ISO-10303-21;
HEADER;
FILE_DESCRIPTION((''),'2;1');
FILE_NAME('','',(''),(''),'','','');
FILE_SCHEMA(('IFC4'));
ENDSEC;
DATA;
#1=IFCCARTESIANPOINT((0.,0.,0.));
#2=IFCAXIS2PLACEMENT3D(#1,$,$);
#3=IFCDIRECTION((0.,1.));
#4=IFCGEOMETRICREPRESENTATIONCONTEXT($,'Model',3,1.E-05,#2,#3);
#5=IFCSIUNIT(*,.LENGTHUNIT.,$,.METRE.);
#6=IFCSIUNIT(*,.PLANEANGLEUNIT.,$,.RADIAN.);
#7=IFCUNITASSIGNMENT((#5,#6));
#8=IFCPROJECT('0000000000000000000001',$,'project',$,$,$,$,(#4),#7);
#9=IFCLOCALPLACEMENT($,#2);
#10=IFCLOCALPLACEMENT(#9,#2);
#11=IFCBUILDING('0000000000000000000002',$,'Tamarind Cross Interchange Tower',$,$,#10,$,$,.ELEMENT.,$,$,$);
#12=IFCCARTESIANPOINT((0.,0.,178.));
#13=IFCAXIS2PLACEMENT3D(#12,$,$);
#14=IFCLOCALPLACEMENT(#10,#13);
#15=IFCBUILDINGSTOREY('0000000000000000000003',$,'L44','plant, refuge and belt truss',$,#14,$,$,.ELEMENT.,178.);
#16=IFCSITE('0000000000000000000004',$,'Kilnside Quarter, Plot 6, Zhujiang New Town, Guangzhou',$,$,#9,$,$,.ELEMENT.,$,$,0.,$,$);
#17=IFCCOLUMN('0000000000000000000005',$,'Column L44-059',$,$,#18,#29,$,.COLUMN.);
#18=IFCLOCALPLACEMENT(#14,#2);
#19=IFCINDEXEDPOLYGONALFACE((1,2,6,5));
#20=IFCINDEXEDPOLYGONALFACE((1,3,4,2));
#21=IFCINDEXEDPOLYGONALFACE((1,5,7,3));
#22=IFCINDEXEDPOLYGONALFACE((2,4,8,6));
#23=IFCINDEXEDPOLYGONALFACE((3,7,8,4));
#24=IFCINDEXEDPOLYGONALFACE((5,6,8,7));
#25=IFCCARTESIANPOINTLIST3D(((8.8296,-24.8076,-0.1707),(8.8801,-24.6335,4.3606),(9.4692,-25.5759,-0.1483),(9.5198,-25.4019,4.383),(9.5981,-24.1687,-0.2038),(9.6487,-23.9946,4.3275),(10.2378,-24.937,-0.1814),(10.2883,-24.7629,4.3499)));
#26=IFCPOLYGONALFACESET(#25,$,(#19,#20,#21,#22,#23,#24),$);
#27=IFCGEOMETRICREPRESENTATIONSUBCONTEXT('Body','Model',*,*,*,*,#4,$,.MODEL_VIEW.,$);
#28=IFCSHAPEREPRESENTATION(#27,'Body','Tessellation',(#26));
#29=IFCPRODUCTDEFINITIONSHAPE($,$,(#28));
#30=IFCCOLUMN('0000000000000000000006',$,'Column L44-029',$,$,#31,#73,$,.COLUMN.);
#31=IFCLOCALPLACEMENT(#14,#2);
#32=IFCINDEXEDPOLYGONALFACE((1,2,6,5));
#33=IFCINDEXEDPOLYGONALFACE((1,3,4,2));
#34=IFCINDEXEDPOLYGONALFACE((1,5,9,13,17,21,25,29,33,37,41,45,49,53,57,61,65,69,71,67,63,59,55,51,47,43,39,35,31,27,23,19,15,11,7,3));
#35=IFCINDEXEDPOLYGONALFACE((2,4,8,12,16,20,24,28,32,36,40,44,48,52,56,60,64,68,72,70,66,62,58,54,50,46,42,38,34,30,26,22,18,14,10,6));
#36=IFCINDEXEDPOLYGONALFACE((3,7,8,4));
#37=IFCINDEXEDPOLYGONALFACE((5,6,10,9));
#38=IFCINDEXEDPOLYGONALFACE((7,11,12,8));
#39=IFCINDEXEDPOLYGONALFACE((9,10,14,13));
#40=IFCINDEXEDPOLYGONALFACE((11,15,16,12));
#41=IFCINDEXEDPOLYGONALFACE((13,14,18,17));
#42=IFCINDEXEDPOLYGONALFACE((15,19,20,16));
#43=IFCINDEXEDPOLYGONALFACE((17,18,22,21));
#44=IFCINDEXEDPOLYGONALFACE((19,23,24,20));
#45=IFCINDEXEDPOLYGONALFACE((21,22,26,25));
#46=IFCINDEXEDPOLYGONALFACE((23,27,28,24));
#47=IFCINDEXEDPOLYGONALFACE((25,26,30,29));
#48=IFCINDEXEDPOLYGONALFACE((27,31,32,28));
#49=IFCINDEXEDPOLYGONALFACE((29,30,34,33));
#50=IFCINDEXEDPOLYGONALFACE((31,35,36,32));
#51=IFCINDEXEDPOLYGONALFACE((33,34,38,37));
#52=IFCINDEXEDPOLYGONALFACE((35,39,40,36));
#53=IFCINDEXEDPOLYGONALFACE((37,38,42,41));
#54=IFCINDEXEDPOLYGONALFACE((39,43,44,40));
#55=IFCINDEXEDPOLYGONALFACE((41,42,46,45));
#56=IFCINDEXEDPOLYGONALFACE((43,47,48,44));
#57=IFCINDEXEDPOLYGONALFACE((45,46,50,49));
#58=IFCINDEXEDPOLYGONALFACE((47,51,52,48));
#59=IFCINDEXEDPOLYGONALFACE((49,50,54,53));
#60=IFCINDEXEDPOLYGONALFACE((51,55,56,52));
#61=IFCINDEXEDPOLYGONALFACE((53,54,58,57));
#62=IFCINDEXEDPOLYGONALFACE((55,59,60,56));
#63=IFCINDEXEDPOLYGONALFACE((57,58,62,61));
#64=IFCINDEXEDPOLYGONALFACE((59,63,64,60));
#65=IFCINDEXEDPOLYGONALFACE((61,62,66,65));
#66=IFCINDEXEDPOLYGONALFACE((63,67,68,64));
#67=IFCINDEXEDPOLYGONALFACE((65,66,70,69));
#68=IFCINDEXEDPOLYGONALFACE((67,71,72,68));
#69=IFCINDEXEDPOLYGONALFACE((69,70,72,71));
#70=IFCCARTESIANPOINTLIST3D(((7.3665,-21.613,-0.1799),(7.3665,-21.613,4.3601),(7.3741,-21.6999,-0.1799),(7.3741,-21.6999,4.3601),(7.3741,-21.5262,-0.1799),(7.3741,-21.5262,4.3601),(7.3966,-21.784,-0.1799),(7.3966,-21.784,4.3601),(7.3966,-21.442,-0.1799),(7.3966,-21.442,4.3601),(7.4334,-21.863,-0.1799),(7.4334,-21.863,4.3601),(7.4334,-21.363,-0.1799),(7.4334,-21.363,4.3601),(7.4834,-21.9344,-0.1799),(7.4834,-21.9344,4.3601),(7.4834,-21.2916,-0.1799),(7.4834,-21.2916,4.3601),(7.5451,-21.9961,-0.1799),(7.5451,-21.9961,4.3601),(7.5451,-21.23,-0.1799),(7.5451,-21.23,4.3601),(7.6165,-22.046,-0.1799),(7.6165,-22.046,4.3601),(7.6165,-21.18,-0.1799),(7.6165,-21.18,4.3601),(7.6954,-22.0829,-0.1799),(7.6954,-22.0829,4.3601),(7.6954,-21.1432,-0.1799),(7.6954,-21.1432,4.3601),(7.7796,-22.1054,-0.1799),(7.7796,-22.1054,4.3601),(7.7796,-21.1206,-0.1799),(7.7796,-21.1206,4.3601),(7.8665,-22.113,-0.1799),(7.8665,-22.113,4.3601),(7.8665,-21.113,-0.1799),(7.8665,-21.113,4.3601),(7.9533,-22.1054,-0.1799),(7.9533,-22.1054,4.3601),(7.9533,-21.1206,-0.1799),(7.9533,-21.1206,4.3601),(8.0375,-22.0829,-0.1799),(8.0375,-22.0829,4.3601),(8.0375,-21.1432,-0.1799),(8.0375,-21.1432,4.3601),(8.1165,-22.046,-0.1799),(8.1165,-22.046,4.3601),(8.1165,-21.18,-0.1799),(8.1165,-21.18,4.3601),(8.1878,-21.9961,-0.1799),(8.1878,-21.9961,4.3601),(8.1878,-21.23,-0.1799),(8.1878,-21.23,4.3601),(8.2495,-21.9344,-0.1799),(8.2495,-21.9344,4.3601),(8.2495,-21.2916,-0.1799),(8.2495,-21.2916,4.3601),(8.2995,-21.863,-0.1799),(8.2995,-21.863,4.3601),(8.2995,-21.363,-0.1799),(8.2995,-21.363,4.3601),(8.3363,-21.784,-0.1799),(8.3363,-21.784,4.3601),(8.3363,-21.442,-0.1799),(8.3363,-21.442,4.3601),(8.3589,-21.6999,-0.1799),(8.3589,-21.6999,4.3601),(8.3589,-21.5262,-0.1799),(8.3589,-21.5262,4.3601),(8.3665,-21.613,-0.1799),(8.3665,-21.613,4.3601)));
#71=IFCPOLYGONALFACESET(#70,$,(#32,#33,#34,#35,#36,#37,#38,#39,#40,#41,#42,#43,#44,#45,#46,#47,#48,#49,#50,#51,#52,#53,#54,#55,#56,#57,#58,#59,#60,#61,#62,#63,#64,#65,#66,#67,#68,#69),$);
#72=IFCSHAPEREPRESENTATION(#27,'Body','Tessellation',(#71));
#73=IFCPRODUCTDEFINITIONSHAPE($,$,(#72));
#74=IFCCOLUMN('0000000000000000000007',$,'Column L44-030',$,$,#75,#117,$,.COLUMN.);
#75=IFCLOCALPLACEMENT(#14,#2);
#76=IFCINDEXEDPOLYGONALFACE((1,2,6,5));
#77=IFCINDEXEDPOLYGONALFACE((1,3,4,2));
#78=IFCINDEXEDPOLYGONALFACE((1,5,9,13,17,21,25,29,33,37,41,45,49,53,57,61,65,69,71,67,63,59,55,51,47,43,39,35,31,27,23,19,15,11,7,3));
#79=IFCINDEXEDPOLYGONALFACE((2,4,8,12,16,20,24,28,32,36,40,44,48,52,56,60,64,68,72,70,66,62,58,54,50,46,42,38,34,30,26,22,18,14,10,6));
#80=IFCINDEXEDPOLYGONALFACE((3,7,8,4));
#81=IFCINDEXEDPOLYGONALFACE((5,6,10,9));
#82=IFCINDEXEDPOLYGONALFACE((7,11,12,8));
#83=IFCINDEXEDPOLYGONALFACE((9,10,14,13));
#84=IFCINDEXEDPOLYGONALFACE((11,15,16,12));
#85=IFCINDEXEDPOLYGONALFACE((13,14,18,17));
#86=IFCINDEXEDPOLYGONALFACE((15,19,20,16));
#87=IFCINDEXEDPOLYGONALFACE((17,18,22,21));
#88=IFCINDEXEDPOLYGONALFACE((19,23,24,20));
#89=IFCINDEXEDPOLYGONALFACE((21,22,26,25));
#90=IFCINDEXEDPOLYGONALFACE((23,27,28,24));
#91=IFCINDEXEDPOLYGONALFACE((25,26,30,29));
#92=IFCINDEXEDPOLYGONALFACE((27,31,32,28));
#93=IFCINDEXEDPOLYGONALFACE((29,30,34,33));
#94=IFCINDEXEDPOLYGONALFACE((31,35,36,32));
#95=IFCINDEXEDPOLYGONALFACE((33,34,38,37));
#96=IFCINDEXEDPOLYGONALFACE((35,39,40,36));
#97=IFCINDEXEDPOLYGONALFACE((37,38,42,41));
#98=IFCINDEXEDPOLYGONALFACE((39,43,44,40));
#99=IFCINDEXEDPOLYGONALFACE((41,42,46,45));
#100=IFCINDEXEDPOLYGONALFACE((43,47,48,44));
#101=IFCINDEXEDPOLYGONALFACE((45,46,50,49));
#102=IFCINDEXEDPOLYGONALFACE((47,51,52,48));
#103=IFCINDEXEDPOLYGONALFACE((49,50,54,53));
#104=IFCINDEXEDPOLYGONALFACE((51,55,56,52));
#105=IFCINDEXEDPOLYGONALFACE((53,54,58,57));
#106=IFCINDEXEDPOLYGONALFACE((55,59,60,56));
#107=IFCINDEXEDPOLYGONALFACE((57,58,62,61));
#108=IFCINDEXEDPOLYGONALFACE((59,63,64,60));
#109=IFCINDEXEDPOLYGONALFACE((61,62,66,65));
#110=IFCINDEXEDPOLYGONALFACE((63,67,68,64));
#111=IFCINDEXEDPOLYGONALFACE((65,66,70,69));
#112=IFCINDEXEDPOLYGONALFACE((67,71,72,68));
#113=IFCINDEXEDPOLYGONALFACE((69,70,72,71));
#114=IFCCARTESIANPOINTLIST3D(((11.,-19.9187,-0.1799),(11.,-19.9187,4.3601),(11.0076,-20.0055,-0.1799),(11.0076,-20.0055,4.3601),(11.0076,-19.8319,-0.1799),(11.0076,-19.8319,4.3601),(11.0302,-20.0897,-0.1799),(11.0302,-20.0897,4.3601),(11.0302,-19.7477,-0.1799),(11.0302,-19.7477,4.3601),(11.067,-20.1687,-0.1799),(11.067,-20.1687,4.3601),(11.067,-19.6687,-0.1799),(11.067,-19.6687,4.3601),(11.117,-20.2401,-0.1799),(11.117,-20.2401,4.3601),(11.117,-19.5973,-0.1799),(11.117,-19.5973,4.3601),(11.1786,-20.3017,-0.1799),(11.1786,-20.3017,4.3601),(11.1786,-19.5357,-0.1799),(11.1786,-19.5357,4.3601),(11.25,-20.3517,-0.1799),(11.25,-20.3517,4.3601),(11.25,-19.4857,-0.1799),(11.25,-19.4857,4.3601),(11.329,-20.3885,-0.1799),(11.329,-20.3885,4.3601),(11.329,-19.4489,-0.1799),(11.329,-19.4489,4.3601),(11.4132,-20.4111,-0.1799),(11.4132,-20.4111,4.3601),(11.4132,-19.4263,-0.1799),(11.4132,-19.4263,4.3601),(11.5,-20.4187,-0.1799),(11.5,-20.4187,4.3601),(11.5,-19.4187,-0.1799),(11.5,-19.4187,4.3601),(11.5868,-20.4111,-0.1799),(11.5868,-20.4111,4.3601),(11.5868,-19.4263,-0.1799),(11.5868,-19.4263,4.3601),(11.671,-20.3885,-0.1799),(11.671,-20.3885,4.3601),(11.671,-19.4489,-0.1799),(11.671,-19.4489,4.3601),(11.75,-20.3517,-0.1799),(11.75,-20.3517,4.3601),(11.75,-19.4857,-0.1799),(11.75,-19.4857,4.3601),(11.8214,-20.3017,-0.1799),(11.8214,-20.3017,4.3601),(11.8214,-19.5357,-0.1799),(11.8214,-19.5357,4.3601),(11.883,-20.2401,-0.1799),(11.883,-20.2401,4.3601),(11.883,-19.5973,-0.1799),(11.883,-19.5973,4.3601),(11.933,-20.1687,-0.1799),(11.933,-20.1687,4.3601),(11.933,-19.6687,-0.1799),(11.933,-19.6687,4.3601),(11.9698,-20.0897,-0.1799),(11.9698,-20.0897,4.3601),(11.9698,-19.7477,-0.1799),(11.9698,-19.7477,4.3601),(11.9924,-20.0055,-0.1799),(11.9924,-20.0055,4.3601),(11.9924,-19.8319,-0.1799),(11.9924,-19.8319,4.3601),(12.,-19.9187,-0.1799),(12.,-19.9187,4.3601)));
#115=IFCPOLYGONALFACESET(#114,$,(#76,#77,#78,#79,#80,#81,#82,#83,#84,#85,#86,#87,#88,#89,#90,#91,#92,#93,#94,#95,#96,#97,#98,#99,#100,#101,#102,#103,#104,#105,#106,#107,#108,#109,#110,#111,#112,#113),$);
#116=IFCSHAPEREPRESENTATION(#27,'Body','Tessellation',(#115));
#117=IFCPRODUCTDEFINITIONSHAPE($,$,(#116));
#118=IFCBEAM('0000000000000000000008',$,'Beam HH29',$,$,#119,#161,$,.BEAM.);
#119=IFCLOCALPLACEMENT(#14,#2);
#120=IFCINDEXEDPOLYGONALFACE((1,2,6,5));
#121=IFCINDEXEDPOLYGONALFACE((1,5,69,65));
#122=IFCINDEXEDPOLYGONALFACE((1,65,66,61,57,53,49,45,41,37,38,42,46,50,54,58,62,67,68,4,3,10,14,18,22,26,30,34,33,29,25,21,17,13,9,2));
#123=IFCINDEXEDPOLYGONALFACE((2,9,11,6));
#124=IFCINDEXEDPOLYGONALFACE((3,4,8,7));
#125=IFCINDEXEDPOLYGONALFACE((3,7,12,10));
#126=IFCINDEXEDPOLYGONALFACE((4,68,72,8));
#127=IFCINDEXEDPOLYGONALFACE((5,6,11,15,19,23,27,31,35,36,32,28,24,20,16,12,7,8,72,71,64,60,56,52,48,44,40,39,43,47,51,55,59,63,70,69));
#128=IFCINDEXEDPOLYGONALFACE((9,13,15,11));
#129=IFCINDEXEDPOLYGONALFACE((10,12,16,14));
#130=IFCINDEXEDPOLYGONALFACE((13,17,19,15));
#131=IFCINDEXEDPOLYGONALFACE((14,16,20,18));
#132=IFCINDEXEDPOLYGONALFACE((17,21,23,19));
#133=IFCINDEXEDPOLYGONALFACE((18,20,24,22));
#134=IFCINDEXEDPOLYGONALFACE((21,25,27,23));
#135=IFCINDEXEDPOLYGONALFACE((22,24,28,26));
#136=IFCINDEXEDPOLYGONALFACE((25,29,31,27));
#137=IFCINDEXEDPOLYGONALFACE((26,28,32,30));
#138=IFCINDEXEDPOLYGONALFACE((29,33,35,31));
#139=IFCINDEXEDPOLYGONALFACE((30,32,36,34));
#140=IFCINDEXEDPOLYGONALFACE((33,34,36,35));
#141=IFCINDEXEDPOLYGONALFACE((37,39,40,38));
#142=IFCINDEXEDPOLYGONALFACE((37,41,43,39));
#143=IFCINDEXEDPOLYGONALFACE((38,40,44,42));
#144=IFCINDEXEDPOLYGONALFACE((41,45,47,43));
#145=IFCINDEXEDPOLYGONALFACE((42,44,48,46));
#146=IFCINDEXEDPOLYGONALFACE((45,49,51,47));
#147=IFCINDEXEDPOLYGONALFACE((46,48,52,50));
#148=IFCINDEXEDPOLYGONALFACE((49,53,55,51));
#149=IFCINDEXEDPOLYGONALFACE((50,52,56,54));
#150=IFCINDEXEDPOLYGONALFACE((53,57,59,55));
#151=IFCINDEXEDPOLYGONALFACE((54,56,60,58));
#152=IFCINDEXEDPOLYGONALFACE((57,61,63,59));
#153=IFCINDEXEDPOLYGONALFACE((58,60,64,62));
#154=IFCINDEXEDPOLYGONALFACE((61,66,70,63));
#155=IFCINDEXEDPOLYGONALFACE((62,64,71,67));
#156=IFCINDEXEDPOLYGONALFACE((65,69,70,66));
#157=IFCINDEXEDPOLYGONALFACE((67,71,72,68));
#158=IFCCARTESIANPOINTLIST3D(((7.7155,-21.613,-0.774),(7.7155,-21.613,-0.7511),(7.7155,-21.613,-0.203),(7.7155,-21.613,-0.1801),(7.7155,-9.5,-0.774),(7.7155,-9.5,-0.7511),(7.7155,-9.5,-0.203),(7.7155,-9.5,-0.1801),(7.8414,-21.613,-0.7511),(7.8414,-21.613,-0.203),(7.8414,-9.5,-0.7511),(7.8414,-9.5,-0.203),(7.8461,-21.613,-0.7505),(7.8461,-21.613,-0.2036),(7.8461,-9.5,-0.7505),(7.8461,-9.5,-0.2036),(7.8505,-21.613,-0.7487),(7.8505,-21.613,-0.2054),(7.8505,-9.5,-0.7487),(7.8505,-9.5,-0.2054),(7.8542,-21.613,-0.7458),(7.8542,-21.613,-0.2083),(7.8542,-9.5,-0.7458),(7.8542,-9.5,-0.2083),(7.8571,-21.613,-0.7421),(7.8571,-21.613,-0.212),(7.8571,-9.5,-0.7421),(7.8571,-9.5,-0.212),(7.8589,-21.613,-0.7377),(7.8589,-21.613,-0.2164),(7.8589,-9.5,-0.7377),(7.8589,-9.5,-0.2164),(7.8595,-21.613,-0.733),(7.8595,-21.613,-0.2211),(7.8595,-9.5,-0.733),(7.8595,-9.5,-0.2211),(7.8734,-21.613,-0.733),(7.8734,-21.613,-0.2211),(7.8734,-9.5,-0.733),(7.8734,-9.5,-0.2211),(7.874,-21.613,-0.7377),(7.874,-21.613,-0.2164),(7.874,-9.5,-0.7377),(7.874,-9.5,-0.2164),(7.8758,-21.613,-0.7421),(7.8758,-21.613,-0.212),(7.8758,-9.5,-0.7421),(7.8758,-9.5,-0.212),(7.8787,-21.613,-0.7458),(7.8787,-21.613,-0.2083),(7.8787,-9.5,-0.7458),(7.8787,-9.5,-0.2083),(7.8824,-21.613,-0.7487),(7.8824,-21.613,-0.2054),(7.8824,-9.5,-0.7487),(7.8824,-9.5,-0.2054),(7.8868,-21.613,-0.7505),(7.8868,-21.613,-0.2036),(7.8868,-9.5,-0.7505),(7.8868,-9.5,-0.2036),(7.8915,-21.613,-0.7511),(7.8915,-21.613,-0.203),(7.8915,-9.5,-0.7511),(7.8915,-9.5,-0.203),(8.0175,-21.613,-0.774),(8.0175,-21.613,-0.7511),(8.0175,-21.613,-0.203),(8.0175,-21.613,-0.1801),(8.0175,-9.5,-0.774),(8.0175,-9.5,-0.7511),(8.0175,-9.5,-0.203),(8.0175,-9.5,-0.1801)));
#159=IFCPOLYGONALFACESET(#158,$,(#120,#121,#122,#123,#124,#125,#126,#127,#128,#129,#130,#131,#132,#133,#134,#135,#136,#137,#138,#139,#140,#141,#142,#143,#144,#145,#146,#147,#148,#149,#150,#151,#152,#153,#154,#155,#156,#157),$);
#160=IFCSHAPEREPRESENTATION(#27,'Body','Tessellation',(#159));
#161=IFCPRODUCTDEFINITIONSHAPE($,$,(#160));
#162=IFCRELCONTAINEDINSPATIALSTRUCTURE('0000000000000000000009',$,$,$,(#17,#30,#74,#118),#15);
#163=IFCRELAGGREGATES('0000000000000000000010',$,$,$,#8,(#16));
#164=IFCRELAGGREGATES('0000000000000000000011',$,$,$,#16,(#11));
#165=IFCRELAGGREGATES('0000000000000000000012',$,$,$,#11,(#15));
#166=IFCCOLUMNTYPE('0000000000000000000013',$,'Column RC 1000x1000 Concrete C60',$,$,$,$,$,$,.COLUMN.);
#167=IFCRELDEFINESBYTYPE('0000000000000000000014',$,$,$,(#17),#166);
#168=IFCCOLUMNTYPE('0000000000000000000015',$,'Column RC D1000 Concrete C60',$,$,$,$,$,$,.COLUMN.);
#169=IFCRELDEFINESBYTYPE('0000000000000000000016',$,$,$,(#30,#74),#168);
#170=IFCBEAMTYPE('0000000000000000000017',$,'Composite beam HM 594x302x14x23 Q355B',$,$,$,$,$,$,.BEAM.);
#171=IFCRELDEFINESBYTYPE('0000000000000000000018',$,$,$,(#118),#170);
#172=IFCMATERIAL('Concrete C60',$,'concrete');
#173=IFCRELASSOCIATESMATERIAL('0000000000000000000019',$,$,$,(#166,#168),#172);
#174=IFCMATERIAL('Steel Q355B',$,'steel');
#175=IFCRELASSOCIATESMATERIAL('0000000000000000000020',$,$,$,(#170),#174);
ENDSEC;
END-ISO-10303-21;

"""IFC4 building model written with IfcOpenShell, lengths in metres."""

from ifc_helpers import new_model, si_unit, direction, frame, origin, origin_2d, place, context, subcontext, project, spatial, rectangle, circle, i_section, extrude, material, material_profile, profile_set, type_object, element, save


model = new_model("IFC4")

# Units and contexts
model_context = context("Model", 3, precision=1e-05, world=origin(), true_north=direction((0.0, 1.0)))
body_context = subcontext(model_context, "Body", "Model", "MODEL_VIEW")
ifc_project = project(units=[si_unit("LENGTHUNIT", "METRE"), si_unit("PLANEANGLEUNIT", "RADIAN")], contexts=[model_context])

# Site, building, storey
site_placement = place(None, origin())
site = spatial("IfcSite", under=ifc_project, at=site_placement, Name="Kilnside Quarter, Plot 6, Zhujiang New Town, Guangzhou", CompositionType="ELEMENT", RefElevation=0.0)
building_placement = place(site_placement, origin())
building = spatial("IfcBuilding", under=site, at=building_placement, Name="Tamarind Cross Interchange Tower", CompositionType="ELEMENT")
storey_placement = place(building_placement, frame((0.0, 0.0, 178.0)))
storey = spatial("IfcBuildingStorey", under=building, at=storey_placement, Name="L44", Description="plant, refuge and belt truss", CompositionType="ELEMENT", Elevation=178.0)

# Columns
ifc_material_1 = material(Name="Concrete C60", Category="concrete")
ifc_material_profile_1 = material_profile(ifc_material_1, rectangle(XDim=1.0, YDim=1.0, at=origin_2d()), Name="RC 1000x1000")
ifc_profile_set_1 = profile_set([ifc_material_profile_1], Name="Concrete C60")
column_type_1 = type_object("IfcColumnType", Name="Column RC 1000x1000 Concrete C60", PredefinedType="COLUMN", material=ifc_profile_set_1)
column_placement = place(storey_placement, frame((9.5337, -24.8723, -0.176), z_axis=(0.011144, 0.038385, 0.999201), x_axis=(-0.768569, -0.638909, 0.033116)))
element("IfcColumn", 1, at=column_placement, inside=storey, type_object=column_type_1, Name="Column L44-059", PredefinedType="COLUMN", context=body_context, shape_type="SweptSolid", body=[
    extrude(rectangle(XDim=1.0, YDim=1.0, at=origin_2d()), origin(), (0.0, 0.0, 1.0), 4.5349),
])
ifc_material_profile_2 = material_profile(ifc_material_1, circle(Radius=0.5, at=origin_2d()), Name="RC D1000")
ifc_profile_set_2 = profile_set([ifc_material_profile_2], Name="Concrete C60")
column_type_2 = type_object("IfcColumnType", Name="Column RC D1000 Concrete C60", PredefinedType="COLUMN", material=ifc_profile_set_2)
for number, where, z_axis, x_axis, name in (
    (2, (7.8665, -21.613, -0.1799), (0.0, 0.0, 1.0), (1.0, 0.0, 0.0), "Column L44-029"),
    (3, (11.5, -19.9187, -0.1799), (0.0, 0.0, 1.0), (1.0, 0.0, 0.0), "Column L44-030"),
):
    element("IfcColumn", number, at=place(storey_placement, frame(where, z_axis=z_axis, x_axis=x_axis)), inside=storey, type_object=column_type_2, Name=name, PredefinedType="COLUMN", context=body_context, shape_type="SweptSolid", body=[
        extrude(circle(Radius=0.5, at=origin_2d()), origin(), (0.0, 0.0, 1.0), 4.54),
    ])

# Beam
ifc_material_2 = material(Name="Steel Q355B", Category="steel")
ifc_material_profile_3 = material_profile(ifc_material_2, i_section(OverallWidth=0.302, OverallDepth=0.594, WebThickness=0.0139, FlangeThickness=0.0229, FilletRadius=0.0181, at=origin_2d()), Name="HM 594x302x14x23")
ifc_profile_set_3 = profile_set([ifc_material_profile_3], Name="Steel Q355B")
beam_type_1 = type_object("IfcBeamType", Name="Composite beam HM 594x302x14x23 Q355B", PredefinedType="BEAM", material=ifc_profile_set_3)
beam_1_placement = place(storey_placement, frame((7.8665, -21.613, -0.4771), z_axis=(0.0, 1.0, 0.0), x_axis=(-1.0, 0.0, 0.0)))
element("IfcBeam", 4, at=beam_1_placement, inside=storey, type_object=beam_type_1, Name="Beam HH29", PredefinedType="BEAM", context=body_context, shape_type="SweptSolid", body=[
    extrude(i_section(OverallWidth=0.302, OverallDepth=0.594, WebThickness=0.0139, FlangeThickness=0.0229, FilletRadius=0.0181, at=origin_2d()), origin(), (0.0, 0.0, 1.0), 12.113),
])

save(model, "model.ifc")
